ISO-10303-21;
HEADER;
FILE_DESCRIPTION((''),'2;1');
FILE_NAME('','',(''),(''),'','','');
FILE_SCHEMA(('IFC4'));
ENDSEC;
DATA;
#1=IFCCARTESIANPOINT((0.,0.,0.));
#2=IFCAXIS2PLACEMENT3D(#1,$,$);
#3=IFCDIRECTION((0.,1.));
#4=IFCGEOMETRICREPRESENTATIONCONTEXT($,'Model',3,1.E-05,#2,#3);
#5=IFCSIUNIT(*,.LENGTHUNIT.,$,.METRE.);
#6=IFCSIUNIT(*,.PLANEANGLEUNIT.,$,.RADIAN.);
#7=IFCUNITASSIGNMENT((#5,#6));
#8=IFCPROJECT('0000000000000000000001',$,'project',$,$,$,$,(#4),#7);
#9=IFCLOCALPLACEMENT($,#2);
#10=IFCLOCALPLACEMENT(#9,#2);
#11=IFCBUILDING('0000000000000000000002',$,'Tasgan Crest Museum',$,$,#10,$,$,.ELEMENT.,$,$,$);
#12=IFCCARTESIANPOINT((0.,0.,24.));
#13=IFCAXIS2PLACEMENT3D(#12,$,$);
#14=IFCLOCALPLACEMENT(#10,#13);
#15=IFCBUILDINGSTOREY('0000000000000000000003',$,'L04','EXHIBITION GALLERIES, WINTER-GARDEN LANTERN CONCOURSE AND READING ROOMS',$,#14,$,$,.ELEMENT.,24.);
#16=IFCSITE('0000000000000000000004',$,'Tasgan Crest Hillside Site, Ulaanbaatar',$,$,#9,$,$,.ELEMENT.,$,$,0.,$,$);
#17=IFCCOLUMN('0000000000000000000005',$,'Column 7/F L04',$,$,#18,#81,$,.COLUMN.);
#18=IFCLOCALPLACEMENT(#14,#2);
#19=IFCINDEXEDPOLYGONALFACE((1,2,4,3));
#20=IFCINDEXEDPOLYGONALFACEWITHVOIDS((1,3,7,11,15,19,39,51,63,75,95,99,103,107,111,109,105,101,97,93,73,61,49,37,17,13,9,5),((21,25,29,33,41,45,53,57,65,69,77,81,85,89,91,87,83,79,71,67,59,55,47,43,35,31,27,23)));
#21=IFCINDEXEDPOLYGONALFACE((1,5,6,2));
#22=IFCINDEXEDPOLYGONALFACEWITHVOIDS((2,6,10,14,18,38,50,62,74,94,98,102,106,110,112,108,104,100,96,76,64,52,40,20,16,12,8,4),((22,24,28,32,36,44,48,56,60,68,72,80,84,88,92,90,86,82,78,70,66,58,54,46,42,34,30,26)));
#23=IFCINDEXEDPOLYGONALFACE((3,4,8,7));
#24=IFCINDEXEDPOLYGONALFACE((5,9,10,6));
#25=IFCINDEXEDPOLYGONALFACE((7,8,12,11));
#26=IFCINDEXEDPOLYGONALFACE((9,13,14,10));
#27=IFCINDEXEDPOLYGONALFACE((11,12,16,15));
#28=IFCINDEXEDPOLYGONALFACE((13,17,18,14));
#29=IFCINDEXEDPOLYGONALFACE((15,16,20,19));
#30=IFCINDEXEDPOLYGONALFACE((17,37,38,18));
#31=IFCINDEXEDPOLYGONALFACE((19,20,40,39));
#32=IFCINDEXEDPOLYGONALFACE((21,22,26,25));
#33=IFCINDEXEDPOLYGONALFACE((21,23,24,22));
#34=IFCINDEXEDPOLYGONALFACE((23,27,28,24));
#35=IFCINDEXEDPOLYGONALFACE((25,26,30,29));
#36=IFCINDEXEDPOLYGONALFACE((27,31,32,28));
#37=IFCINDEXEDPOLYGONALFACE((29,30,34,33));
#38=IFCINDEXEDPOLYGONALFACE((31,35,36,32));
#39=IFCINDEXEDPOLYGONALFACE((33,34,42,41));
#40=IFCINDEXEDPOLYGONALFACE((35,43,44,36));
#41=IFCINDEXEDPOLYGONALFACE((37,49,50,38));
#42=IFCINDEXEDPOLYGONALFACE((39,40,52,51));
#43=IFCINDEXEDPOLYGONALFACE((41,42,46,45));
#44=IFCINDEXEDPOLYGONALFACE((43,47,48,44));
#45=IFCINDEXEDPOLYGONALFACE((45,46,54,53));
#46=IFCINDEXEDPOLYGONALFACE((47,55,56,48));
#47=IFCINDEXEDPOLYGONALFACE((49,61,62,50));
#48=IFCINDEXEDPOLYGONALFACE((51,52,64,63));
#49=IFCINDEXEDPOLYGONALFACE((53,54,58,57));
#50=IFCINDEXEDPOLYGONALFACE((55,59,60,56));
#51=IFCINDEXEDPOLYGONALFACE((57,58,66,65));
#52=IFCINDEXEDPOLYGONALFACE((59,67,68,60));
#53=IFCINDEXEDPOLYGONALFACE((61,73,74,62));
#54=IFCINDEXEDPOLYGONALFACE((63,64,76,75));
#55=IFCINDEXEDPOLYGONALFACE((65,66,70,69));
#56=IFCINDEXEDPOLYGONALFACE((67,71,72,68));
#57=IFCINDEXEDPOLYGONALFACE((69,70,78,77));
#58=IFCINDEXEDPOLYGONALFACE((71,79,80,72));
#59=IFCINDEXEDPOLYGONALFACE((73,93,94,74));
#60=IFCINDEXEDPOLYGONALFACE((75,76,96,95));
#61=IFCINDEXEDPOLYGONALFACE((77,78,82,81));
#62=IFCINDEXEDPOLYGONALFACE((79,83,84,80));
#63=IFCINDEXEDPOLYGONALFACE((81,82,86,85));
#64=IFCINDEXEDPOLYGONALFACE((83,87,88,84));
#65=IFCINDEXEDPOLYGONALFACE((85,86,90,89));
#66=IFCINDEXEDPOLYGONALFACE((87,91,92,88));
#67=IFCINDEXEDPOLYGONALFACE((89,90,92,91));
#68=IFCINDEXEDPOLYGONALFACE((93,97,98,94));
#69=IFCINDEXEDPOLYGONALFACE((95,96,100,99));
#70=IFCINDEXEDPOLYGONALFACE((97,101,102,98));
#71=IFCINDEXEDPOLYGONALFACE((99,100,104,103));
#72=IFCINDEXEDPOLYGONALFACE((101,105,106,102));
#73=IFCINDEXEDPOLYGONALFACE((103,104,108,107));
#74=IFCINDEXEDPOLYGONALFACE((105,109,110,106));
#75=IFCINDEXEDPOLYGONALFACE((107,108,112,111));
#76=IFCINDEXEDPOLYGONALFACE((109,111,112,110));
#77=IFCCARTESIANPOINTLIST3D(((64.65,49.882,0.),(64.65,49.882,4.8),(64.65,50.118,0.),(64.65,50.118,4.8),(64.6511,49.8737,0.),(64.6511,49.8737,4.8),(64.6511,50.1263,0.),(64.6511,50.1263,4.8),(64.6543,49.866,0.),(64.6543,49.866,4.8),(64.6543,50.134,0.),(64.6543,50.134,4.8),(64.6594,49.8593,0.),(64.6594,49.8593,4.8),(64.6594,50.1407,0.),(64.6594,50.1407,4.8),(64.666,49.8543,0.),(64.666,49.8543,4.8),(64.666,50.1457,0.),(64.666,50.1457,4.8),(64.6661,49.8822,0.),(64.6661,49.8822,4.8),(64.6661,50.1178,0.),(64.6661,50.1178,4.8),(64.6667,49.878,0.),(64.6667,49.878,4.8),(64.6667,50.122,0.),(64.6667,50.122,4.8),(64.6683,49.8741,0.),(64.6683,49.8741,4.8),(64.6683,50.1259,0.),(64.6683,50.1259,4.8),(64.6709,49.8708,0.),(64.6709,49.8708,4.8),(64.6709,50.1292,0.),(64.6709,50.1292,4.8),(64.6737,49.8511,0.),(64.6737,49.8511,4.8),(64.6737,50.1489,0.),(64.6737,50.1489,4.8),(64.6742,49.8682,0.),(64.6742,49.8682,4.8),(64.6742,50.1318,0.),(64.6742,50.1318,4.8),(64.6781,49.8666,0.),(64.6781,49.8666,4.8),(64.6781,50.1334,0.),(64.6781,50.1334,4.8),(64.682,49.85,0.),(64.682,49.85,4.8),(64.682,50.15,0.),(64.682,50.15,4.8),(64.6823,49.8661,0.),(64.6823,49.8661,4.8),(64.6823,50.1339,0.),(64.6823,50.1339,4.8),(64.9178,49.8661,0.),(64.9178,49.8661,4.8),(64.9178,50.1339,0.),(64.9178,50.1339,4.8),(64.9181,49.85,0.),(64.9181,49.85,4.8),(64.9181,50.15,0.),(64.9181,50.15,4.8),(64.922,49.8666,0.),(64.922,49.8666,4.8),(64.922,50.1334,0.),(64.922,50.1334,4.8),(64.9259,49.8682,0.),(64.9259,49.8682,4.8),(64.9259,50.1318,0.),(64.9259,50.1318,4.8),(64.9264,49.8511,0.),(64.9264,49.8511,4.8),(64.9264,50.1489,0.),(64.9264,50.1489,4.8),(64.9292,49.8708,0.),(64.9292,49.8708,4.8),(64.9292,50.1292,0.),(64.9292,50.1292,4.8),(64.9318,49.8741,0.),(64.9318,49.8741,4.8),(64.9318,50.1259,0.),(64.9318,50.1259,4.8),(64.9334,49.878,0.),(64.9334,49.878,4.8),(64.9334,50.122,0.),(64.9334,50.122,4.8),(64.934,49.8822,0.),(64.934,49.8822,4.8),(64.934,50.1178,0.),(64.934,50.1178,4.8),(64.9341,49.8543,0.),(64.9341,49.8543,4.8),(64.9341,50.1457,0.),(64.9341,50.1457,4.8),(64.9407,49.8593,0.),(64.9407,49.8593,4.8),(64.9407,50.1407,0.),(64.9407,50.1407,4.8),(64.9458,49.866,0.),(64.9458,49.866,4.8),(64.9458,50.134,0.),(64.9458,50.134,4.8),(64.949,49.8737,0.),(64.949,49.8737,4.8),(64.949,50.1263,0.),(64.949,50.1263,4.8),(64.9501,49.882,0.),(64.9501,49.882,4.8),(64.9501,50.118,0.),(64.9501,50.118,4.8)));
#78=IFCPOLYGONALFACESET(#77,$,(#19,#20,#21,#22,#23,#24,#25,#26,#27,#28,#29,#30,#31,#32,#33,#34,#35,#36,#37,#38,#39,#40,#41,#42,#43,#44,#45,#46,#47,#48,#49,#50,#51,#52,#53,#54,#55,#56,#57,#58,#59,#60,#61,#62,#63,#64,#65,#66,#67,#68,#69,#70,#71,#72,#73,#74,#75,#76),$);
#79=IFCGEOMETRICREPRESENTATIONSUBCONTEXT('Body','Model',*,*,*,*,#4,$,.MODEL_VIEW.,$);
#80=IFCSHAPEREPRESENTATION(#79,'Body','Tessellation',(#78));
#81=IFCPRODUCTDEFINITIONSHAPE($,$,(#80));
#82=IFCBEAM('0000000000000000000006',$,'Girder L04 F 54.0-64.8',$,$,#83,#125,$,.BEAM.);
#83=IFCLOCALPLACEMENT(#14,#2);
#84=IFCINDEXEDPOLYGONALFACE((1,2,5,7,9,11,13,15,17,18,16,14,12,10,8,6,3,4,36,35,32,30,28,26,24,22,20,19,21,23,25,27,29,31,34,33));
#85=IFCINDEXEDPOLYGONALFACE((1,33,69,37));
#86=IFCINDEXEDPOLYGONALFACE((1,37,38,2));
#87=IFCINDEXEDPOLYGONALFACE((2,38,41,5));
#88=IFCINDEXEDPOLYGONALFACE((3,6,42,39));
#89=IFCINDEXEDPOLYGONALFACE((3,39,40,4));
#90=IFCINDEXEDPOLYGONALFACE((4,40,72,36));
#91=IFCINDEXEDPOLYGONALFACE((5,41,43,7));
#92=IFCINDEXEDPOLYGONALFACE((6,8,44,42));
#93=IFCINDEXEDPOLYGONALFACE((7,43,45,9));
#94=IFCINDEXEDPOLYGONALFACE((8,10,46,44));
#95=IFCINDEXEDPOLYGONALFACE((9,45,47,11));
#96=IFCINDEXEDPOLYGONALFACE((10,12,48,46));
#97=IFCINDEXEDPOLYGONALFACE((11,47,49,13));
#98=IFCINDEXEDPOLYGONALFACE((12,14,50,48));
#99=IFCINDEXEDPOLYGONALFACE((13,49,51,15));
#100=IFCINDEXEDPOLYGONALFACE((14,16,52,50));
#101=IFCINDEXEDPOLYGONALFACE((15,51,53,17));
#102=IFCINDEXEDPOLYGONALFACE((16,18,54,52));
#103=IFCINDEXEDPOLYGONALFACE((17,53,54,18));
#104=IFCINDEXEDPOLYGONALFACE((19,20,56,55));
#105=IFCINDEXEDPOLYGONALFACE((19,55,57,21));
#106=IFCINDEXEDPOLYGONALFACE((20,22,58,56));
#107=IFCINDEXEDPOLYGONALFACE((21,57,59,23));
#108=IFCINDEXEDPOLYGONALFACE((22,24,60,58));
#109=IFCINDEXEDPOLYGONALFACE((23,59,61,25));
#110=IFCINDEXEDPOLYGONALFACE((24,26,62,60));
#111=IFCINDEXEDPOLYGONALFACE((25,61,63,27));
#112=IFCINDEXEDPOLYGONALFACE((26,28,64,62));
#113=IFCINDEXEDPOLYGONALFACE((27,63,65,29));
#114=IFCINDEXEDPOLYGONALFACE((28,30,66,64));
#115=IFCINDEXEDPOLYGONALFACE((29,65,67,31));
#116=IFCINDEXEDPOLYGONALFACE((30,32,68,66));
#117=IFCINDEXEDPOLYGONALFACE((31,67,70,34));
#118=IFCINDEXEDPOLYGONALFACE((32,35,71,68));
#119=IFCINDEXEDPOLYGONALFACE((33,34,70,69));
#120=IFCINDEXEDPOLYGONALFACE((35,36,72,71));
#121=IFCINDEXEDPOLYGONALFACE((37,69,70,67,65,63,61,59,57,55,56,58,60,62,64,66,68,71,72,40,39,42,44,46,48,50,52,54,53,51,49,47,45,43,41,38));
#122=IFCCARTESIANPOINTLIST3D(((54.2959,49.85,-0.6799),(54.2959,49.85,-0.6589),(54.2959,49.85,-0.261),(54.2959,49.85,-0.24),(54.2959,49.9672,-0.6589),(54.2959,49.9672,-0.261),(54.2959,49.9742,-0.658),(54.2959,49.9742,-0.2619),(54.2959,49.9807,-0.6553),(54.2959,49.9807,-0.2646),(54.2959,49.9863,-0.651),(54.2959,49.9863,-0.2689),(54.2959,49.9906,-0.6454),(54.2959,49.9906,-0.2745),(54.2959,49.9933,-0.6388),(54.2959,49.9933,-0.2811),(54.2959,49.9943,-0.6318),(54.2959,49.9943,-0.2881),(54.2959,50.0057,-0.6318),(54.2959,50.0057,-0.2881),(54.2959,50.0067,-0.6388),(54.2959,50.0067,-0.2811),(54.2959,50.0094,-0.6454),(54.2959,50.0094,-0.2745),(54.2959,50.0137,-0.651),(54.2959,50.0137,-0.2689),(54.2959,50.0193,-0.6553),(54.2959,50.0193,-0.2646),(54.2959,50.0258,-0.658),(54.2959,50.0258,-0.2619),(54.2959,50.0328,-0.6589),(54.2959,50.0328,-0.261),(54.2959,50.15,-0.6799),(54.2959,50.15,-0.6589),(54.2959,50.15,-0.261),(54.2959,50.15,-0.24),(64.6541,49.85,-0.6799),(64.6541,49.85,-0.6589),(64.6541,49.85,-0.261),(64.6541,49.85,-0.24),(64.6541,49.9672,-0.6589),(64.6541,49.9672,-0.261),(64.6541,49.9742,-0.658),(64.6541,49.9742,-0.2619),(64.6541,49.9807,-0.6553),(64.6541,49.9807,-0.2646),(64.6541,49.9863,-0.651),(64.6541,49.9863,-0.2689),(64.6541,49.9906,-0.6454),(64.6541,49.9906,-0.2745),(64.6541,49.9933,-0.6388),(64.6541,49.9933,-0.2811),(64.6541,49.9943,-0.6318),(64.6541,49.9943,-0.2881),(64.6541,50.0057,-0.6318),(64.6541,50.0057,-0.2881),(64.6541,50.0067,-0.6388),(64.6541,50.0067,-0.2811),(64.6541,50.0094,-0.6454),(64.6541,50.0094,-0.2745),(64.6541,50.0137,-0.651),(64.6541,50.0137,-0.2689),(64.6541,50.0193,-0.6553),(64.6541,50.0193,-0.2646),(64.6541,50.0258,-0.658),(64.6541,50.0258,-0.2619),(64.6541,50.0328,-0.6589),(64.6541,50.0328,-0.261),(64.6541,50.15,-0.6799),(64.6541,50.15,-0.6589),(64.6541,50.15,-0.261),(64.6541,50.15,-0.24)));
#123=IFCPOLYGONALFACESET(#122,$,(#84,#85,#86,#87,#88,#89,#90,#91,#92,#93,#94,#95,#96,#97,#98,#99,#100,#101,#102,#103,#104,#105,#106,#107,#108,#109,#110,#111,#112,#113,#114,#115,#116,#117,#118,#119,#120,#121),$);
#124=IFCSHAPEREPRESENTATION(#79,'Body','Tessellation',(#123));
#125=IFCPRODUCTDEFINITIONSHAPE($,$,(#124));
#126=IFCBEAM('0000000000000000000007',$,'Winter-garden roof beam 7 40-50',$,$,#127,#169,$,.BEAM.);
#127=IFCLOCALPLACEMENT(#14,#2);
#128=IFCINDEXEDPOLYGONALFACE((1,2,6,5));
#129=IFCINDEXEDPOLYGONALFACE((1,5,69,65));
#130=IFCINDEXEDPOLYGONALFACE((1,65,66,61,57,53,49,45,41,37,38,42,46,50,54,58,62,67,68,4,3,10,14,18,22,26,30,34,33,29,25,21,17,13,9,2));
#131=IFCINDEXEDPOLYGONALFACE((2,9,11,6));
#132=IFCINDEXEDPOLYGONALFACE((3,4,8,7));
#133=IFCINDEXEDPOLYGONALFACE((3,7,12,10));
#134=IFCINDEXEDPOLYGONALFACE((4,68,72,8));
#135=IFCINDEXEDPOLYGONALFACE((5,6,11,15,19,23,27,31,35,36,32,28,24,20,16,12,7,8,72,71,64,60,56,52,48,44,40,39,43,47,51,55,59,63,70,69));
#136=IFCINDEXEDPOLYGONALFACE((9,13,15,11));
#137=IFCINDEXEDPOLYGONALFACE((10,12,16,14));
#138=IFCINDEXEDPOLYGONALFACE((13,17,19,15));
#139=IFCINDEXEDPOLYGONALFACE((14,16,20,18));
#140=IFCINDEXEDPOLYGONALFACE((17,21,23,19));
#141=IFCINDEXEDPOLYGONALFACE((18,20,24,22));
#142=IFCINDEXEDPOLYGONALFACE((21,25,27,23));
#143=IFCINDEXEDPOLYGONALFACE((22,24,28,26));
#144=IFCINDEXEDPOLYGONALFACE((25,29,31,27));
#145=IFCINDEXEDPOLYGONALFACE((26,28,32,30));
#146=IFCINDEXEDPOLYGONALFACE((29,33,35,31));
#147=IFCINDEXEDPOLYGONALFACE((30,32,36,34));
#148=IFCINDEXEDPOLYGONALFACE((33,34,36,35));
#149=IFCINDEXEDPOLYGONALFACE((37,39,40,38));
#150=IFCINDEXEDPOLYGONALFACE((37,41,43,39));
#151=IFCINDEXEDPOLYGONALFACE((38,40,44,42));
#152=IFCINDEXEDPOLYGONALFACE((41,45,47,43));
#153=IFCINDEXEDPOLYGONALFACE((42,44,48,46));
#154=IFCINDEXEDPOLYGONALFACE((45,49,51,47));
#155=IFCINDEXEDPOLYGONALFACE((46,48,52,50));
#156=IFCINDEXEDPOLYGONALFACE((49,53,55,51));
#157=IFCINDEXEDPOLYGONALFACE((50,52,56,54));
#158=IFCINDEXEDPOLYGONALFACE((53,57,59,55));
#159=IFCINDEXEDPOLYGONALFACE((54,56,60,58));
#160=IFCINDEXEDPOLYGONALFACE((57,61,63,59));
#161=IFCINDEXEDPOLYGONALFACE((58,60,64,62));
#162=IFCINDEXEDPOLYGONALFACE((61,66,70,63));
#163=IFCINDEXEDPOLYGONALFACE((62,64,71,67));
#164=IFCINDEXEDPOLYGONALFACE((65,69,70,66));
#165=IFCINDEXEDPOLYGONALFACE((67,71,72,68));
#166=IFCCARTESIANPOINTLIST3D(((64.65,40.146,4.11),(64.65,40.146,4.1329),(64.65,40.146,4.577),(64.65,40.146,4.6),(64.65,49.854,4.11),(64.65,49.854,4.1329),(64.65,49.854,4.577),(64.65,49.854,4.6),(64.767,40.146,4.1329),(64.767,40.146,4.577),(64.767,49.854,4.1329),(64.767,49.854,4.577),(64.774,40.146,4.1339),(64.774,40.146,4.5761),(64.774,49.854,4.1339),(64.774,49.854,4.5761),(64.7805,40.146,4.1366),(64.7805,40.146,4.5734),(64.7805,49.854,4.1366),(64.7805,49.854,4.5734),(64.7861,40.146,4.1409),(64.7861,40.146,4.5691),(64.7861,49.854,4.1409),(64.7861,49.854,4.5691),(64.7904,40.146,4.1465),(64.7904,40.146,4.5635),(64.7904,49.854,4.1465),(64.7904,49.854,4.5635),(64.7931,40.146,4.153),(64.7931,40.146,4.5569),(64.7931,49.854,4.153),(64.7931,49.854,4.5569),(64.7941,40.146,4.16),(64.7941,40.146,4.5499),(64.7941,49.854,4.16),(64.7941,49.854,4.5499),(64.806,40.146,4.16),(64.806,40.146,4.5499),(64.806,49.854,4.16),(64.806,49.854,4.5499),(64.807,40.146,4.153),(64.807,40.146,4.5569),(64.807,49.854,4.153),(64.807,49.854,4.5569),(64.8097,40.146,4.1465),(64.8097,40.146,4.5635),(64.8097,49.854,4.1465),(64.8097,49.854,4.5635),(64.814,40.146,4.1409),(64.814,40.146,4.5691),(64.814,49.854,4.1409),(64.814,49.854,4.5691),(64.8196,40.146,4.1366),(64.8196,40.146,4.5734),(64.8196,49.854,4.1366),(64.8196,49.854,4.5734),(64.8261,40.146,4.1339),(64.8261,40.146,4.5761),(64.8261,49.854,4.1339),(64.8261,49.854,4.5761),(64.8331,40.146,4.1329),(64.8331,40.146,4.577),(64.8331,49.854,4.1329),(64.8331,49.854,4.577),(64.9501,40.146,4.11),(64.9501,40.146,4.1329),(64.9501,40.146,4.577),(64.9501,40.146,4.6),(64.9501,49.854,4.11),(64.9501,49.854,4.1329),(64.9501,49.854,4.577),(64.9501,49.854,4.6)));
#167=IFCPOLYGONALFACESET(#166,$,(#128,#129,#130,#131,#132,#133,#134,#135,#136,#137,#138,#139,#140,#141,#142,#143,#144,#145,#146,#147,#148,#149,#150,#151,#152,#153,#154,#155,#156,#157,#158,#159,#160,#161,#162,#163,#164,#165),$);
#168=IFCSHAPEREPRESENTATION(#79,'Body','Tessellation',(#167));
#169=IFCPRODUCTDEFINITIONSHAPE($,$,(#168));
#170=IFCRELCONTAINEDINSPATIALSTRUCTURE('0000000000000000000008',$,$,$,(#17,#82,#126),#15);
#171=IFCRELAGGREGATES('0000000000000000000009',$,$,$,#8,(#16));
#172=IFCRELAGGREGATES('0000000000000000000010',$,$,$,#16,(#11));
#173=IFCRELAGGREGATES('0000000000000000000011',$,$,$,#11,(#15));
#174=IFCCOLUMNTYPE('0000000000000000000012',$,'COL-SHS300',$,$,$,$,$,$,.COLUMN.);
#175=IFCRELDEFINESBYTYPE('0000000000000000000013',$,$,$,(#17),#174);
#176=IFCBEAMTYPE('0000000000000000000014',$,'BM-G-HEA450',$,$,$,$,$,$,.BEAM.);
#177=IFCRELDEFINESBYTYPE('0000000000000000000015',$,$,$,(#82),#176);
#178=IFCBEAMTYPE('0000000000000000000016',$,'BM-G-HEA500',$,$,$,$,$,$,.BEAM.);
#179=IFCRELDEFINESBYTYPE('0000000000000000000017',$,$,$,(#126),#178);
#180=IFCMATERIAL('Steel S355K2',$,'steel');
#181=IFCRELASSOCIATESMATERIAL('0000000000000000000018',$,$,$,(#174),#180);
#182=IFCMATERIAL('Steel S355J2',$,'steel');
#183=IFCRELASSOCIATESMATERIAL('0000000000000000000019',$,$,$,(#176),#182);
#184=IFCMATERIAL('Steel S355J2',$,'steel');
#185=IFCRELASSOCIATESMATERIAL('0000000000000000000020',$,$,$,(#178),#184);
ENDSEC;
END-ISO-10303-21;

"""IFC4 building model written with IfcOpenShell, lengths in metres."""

from ifc_helpers import new_model, si_unit, direction, frame, origin, origin_2d, place, context, subcontext, project, spatial, hollow_rectangle, i_section, extrude, material, material_profile, profile_set, type_object, element, save


model = new_model("IFC4")

# Units and contexts
model_context = context("Model", 3, precision=1e-05, world=origin(), true_north=direction((0.0, 1.0)))
body_context = subcontext(model_context, "Body", "Model", "MODEL_VIEW")
ifc_project = project(units=[si_unit("LENGTHUNIT", "METRE"), si_unit("PLANEANGLEUNIT", "RADIAN")], contexts=[model_context])

# Site, building, storey
site_placement = place(None, origin())
site = spatial("IfcSite", under=ifc_project, at=site_placement, Name="Tasgan Crest Hillside Site, Ulaanbaatar", CompositionType="ELEMENT", RefElevation=0.0)
building_placement = place(site_placement, origin())
building = spatial("IfcBuilding", under=site, at=building_placement, Name="Tasgan Crest Museum", CompositionType="ELEMENT")
storey_placement = place(building_placement, frame((0.0, 0.0, 24.0)))
storey = spatial("IfcBuildingStorey", under=building, at=storey_placement, Name="L04", Description="EXHIBITION GALLERIES, WINTER-GARDEN LANTERN CONCOURSE AND READING ROOMS", CompositionType="ELEMENT", Elevation=24.0)

# Column
ifc_material_1 = material(Name="Steel S355K2", Category="steel")
ifc_material_profile_1 = material_profile(ifc_material_1, hollow_rectangle(XDim=0.3, YDim=0.3, WallThickness=0.0161, InnerFilletRadius=0.0161, OuterFilletRadius=0.032, at=origin_2d()), Name="SHS 300x300x16")
ifc_profile_set_1 = profile_set([ifc_material_profile_1], Name="Steel S355K2")
column_type = type_object("IfcColumnType", Name="COL-SHS300", PredefinedType="COLUMN", material=ifc_profile_set_1)
column_placement = place(storey_placement, frame((64.8, 50.0, 0.0), z_axis=(0.0, 0.0, 1.0), x_axis=(1.0, 0.0, 0.0)))
element("IfcColumn", 1, at=column_placement, inside=storey, type_object=column_type, Name="Column 7/F L04", PredefinedType="COLUMN", context=body_context, shape_type="SweptSolid", body=[
    extrude(hollow_rectangle(XDim=0.3, YDim=0.3, WallThickness=0.0161, InnerFilletRadius=0.0161, OuterFilletRadius=0.032, at=origin_2d()), origin(), (0.0, 0.0, 1.0), 4.8),
])

# Beams
ifc_material_2 = material(Name="Steel S355J2", Category="steel")
ifc_material_profile_2 = material_profile(ifc_material_2, i_section(OverallWidth=0.3, OverallDepth=0.4399, WebThickness=0.0115, FlangeThickness=0.021, FilletRadius=0.0271, at=origin_2d()), Name="HEA 450")
ifc_profile_set_2 = profile_set([ifc_material_profile_2], Name="Steel S355J2")
beam_type_1 = type_object("IfcBeamType", Name="BM-G-HEA450", PredefinedType="BEAM", material=ifc_profile_set_2)
beam_1_placement = place(storey_placement, frame((54.2959, 50.0, -0.46), z_axis=(1.0, 0.0, 0.0), x_axis=(0.0, 1.0, 0.0)))
element("IfcBeam", 2, at=beam_1_placement, inside=storey, type_object=beam_type_1, Name="Girder L04 F 54.0-64.8", PredefinedType="BEAM", context=body_context, shape_type="SweptSolid", body=[
    extrude(i_section(OverallWidth=0.3, OverallDepth=0.4399, WebThickness=0.0115, FlangeThickness=0.021, FilletRadius=0.0271, at=origin_2d()), origin(), (0.0, 0.0, 1.0), 10.3582),
])
ifc_material_3 = material(Name="Steel S355J2", Category="steel")
ifc_material_profile_3 = material_profile(ifc_material_3, i_section(OverallWidth=0.3, OverallDepth=0.49, WebThickness=0.012, FlangeThickness=0.0229, FilletRadius=0.0271, at=origin_2d()), Name="HEA 500")
ifc_profile_set_3 = profile_set([ifc_material_profile_3], Name="Steel S355J2")
beam_type_2 = type_object("IfcBeamType", Name="BM-G-HEA500", PredefinedType="BEAM", material=ifc_profile_set_3)
beam_2_placement = place(storey_placement, frame((64.8, 40.146, 4.355), z_axis=(0.0, 1.0, 0.0), x_axis=(-1.0, 0.0, 0.0)))
element("IfcBeam", 3, at=beam_2_placement, inside=storey, type_object=beam_type_2, Name="Winter-garden roof beam 7 40-50", PredefinedType="BEAM", context=body_context, shape_type="SweptSolid", body=[
    extrude(i_section(OverallWidth=0.3, OverallDepth=0.49, WebThickness=0.012, FlangeThickness=0.0229, FilletRadius=0.0271, at=origin_2d()), origin(), (0.0, 0.0, 1.0), 9.708),
])

save(model, "model.ifc")
